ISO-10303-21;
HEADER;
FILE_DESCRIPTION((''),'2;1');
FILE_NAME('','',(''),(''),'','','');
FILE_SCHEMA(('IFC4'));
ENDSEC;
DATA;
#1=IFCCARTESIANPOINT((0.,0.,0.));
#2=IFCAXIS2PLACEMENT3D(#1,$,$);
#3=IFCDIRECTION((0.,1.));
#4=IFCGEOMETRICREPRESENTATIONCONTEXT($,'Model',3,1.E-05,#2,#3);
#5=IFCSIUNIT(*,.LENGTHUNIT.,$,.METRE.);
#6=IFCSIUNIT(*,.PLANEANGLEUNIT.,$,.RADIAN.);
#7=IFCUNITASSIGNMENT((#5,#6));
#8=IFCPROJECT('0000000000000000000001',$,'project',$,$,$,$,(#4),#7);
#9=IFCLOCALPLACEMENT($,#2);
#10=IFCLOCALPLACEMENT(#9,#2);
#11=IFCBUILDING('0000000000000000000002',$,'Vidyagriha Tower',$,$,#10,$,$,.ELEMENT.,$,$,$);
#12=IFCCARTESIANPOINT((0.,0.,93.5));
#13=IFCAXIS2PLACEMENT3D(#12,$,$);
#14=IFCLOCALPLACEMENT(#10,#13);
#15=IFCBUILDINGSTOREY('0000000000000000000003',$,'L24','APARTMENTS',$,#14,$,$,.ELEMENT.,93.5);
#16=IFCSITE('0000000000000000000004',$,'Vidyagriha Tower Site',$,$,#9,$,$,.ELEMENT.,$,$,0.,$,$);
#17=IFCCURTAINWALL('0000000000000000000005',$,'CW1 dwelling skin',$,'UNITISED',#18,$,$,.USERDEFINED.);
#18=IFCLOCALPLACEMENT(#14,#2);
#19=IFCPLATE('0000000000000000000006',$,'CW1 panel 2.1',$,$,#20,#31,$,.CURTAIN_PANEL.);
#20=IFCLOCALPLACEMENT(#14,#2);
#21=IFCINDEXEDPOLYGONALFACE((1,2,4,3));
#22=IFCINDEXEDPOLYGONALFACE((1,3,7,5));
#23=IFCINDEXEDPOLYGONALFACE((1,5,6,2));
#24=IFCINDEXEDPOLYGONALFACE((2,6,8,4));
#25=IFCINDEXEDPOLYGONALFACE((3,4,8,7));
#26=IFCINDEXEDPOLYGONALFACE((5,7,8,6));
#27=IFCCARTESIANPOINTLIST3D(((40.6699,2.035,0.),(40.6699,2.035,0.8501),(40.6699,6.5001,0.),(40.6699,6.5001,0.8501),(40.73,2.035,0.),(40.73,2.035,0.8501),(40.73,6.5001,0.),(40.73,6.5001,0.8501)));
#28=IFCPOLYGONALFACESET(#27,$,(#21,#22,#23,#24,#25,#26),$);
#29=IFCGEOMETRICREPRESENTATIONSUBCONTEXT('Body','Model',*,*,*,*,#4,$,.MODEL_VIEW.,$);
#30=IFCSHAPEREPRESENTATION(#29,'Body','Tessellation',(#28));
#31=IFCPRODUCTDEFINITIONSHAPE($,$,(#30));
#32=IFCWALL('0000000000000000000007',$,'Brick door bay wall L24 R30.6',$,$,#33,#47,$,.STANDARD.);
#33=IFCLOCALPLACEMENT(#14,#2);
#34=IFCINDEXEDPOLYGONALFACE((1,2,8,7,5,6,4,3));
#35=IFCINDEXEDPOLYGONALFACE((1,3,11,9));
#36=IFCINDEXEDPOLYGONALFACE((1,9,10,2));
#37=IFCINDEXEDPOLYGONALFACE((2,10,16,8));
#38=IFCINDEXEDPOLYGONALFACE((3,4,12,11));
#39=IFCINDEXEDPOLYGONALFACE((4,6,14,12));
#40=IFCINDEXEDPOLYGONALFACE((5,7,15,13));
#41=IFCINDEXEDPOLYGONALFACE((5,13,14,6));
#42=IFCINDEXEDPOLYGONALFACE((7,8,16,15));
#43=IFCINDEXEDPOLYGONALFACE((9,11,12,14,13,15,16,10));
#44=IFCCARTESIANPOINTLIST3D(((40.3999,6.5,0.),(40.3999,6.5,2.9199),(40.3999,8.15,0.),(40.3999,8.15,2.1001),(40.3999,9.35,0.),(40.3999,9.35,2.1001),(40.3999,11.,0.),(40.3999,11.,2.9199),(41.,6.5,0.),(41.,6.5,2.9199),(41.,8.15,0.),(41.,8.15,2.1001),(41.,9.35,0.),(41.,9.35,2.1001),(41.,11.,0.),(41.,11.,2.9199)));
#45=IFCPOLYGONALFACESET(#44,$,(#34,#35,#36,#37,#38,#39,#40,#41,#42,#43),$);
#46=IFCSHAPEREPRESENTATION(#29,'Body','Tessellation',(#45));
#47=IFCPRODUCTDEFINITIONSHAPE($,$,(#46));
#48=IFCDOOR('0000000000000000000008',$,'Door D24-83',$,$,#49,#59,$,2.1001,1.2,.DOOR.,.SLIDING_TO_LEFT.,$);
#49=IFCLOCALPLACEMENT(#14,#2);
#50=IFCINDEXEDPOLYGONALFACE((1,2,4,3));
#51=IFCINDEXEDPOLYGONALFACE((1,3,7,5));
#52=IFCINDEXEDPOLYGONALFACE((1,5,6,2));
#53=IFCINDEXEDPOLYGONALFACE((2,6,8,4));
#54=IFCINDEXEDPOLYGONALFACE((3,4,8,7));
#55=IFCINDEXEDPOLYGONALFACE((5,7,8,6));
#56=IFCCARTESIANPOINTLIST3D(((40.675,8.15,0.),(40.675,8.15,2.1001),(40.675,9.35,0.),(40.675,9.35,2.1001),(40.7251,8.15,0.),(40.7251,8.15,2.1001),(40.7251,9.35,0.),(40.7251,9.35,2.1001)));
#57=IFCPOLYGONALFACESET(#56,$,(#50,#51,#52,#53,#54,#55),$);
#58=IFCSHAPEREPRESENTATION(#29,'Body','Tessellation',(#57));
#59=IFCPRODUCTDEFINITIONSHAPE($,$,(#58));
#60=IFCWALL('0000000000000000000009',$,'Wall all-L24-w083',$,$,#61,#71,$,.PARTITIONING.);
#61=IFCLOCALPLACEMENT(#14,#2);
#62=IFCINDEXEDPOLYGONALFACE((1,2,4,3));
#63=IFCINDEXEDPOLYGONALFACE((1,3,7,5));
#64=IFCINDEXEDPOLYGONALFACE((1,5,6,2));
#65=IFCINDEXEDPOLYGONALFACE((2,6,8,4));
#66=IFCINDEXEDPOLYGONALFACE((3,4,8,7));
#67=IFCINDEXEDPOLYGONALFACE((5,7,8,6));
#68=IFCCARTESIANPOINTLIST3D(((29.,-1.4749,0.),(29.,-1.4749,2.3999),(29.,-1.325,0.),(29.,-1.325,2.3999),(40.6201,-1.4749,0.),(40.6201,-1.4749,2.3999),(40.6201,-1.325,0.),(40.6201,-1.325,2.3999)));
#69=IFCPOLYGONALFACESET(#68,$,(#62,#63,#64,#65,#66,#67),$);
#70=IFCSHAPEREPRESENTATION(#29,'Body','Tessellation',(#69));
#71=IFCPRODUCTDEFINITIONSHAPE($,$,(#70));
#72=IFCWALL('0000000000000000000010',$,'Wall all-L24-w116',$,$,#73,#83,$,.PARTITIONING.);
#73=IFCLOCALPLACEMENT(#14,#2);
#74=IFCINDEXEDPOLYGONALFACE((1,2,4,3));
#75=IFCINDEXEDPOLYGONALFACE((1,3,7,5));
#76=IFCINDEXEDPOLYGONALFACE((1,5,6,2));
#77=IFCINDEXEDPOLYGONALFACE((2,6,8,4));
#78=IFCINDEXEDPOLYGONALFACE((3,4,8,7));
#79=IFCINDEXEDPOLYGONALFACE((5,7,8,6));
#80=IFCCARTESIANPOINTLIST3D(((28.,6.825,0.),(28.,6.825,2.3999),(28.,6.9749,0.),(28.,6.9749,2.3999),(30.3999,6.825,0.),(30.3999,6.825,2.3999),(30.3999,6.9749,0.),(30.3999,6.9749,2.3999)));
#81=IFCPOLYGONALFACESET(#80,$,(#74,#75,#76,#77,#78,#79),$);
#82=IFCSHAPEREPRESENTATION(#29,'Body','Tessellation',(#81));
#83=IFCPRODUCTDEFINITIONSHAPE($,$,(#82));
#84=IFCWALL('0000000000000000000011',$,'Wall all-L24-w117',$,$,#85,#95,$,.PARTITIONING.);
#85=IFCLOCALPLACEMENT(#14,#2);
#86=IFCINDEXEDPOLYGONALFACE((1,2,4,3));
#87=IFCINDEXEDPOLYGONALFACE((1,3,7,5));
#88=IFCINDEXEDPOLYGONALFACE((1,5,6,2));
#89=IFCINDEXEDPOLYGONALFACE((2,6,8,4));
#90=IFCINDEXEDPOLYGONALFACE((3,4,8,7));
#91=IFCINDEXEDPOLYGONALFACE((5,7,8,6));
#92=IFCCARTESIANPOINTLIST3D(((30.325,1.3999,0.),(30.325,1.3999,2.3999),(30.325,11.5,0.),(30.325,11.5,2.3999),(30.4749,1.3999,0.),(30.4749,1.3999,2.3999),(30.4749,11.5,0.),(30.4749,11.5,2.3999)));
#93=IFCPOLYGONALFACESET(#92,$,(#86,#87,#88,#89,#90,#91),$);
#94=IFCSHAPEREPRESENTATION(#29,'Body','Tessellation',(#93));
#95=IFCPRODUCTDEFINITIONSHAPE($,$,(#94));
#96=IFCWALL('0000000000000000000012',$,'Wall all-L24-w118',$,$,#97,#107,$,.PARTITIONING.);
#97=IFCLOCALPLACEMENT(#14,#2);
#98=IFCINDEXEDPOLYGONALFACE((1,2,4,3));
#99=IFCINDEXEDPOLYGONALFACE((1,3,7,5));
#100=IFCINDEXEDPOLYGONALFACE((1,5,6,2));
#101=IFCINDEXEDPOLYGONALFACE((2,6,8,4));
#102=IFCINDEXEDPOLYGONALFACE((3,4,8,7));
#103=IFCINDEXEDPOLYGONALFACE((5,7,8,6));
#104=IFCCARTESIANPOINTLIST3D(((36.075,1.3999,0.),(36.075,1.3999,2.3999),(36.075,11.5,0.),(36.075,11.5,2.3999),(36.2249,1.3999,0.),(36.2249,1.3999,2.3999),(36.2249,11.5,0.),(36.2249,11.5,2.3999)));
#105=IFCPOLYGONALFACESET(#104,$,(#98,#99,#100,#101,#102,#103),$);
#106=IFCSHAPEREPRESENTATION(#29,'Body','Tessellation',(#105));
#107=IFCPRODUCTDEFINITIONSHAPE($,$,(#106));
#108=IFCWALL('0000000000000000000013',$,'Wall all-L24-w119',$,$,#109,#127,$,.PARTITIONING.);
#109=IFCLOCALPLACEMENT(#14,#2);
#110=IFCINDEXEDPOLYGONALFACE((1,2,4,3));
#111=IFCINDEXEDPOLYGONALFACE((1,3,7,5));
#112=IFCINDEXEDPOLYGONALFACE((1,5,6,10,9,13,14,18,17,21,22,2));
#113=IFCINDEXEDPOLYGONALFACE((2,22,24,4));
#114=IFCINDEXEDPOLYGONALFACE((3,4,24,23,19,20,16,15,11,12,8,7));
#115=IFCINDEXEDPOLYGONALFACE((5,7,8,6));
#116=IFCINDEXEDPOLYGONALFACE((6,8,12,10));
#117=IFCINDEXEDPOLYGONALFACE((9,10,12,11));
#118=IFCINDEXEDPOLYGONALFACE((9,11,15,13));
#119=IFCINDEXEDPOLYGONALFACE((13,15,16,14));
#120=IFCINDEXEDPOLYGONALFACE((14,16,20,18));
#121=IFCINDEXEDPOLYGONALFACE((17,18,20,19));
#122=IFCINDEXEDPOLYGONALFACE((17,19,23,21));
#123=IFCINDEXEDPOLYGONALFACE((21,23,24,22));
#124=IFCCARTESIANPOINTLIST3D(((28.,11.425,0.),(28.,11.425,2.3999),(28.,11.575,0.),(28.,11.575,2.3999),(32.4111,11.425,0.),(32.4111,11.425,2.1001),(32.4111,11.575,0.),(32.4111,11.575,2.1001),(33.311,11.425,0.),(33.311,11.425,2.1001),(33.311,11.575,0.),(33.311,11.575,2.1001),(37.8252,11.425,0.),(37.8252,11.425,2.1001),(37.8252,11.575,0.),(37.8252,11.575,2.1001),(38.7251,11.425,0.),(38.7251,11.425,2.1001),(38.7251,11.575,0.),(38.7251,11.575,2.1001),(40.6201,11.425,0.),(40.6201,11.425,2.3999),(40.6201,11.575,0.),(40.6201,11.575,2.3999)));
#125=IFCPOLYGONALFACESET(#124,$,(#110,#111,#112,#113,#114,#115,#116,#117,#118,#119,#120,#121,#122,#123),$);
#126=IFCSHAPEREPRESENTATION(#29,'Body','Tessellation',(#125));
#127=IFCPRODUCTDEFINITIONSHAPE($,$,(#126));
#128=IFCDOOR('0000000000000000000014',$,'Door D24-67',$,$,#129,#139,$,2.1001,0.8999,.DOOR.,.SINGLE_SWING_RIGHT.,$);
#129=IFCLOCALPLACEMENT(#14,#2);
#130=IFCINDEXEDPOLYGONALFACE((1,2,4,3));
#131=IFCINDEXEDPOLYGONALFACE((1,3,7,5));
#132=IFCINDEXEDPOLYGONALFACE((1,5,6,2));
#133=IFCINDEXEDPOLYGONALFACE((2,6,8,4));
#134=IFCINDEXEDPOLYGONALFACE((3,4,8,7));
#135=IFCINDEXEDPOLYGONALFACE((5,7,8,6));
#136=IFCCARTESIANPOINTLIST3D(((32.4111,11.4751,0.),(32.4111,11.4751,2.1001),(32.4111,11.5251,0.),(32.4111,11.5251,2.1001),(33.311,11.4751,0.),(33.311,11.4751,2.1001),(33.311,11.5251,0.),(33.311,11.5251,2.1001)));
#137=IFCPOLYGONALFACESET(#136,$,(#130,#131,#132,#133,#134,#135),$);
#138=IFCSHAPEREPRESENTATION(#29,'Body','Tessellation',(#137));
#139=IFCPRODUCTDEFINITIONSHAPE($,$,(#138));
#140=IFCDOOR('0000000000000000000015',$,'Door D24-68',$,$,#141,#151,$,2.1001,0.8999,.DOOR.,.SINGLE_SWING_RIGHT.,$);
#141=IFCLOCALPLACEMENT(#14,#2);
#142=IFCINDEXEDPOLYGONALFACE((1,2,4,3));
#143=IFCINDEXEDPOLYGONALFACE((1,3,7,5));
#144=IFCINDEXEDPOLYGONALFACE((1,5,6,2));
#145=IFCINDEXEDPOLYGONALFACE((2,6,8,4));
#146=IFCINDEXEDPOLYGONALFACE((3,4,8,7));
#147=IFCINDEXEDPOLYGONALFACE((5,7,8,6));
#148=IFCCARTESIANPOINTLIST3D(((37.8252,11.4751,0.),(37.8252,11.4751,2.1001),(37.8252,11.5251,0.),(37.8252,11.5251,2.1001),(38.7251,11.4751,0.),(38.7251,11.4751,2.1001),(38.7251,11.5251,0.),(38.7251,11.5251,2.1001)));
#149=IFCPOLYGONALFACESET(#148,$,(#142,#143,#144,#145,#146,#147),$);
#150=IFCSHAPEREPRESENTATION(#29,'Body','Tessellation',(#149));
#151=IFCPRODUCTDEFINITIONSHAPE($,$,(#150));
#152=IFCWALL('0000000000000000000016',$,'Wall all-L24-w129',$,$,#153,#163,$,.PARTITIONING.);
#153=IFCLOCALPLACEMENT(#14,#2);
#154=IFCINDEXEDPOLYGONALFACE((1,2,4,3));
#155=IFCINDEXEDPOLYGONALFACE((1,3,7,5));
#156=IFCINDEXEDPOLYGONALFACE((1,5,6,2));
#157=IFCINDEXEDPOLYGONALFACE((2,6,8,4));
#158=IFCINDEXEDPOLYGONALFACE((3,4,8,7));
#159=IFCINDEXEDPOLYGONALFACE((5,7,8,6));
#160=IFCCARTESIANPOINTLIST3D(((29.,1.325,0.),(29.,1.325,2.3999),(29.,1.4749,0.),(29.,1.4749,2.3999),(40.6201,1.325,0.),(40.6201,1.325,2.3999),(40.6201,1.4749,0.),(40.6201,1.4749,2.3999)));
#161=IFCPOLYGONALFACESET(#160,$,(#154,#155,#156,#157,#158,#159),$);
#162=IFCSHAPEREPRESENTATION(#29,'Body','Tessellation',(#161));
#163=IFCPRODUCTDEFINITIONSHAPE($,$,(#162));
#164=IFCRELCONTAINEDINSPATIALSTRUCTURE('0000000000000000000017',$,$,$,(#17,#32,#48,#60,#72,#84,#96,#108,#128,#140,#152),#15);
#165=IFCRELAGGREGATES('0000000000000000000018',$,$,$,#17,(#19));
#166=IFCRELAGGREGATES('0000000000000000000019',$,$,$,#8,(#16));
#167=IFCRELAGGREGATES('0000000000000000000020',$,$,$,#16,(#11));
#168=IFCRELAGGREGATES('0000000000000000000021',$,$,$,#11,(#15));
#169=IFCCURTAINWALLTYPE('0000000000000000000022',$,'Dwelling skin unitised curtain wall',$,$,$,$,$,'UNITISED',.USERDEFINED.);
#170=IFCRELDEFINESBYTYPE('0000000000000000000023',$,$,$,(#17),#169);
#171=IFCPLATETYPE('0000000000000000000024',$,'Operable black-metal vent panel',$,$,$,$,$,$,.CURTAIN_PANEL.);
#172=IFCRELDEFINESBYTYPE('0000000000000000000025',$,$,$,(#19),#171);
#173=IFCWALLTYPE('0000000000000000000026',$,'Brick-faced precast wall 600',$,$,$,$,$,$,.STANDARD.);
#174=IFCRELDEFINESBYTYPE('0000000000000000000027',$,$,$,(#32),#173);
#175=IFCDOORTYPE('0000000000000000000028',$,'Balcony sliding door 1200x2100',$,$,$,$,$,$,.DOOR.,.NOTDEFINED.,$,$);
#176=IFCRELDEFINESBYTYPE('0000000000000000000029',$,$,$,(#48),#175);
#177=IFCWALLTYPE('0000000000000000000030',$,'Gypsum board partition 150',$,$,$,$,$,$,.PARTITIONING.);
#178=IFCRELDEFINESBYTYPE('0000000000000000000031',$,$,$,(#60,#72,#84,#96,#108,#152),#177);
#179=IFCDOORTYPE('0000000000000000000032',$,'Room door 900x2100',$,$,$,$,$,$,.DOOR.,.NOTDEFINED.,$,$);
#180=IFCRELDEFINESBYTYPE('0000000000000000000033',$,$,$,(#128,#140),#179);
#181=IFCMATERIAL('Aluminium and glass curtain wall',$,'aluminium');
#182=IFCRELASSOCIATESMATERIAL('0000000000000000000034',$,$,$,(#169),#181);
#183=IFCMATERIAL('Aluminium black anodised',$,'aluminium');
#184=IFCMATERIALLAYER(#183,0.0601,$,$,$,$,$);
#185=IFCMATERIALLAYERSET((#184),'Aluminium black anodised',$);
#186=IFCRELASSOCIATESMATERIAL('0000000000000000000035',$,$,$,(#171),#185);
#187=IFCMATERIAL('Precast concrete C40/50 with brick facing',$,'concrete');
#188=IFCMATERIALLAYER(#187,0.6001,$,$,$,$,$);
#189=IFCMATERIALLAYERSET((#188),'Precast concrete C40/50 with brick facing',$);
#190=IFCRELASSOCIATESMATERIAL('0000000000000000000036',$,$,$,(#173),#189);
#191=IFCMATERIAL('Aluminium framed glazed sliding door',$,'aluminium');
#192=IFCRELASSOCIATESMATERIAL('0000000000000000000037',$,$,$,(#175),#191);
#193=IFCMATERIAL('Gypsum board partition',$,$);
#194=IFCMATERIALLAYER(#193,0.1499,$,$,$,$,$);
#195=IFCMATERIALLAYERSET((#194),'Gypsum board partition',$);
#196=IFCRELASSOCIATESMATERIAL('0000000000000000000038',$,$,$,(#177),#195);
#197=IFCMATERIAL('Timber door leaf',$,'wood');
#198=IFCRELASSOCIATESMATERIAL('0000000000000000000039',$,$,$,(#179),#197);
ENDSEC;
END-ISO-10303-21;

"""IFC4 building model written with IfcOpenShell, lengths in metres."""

from ifc_helpers import new_model, si_unit, direction, frame, frame_2d, origin, origin_2d, place, context, subcontext, project, spatial, rectangle, extrude, material, layer, layer_set, type_object, element, fill, aggregate, save


model = new_model("IFC4")

# Units and contexts
model_context = context("Model", 3, precision=1e-05, world=origin(), true_north=direction((0.0, 1.0)))
body_context = subcontext(model_context, "Body", "Model", "MODEL_VIEW")
ifc_project = project(units=[si_unit("LENGTHUNIT", "METRE"), si_unit("PLANEANGLEUNIT", "RADIAN")], contexts=[model_context])

# Site, building, storey
site_placement = place(None, origin())
site = spatial("IfcSite", under=ifc_project, at=site_placement, Name="Vidyagriha Tower Site", CompositionType="ELEMENT", RefElevation=0.0)
building_placement = place(site_placement, origin())
building = spatial("IfcBuilding", under=site, at=building_placement, Name="Vidyagriha Tower", CompositionType="ELEMENT")
storey_placement = place(building_placement, frame((0.0, 0.0, 93.5)))
storey = spatial("IfcBuildingStorey", under=building, at=storey_placement, Name="L24", Description="APARTMENTS", CompositionType="ELEMENT", Elevation=93.5)

# Curtain wall
ifc_material_1 = material(Name="Aluminium and glass curtain wall", Category="aluminium")
curtain_wall_type = type_object("IfcCurtainWallType", Name="Dwelling skin unitised curtain wall", ElementType="UNITISED", PredefinedType="USERDEFINED", material=ifc_material_1)
curtain_wall_1_placement = place(storey_placement, origin())
curtain_wall_1 = element("IfcCurtainWall", 1, at=curtain_wall_1_placement, inside=storey, type_object=curtain_wall_type, Name="CW1 dwelling skin", ObjectType="UNITISED", PredefinedType="USERDEFINED")

# Plate
ifc_material_2 = material(Name="Aluminium black anodised", Category="aluminium")
ifc_layer_1 = layer(ifc_material_2, 0.0601)
ifc_layer_set_1 = layer_set([ifc_layer_1], Name="Aluminium black anodised")
plate_type_1 = type_object("IfcPlateType", Name="Operable black-metal vent panel", PredefinedType="CURTAIN_PANEL", material=ifc_layer_set_1)
plate_1_placement = place(storey_placement, frame((40.7, 4.2676, 0.0), z_axis=(0.0, 0.0, 1.0), x_axis=(0.0, 1.0, 0.0)))
plate_1 = element("IfcPlate", 2, at=plate_1_placement, type_object=plate_type_1, Name="CW1 panel 2.1", PredefinedType="CURTAIN_PANEL", context=body_context, shape_type="SweptSolid", body=[
    extrude(rectangle(XDim=4.4651, YDim=0.0601, at=origin_2d()), origin(), (0.0, 0.0, 1.0), 0.8501),
])
aggregate(curtain_wall_1, [plate_1])

# Wall, opening, door
ifc_material_3 = material(Name="Precast concrete C40/50 with brick facing", Category="concrete")
ifc_layer_2 = layer(ifc_material_3, 0.6001)
ifc_layer_set_2 = layer_set([ifc_layer_2], Name="Precast concrete C40/50 with brick facing")
wall_type_1 = type_object("IfcWallType", Name="Brick-faced precast wall 600", PredefinedType="STANDARD", material=ifc_layer_set_2)
wall_1_placement = place(storey_placement, frame((40.7, 6.5, 0.0), z_axis=(0.0, 0.0, 1.0), x_axis=(0.0, 1.0, 0.0)))
wall_1 = element("IfcWall", 3, at=wall_1_placement, inside=storey, type_object=wall_type_1, Name="Brick door bay wall L24 R30.6", PredefinedType="STANDARD", context=body_context, shape_type="SweptSolid", body=[
    extrude(rectangle(XDim=4.5, YDim=0.6001, at=frame_2d((2.25, 0.0))), origin(), (0.0, 0.0, 1.0), 2.9199),
])
opening_1_placement = place(wall_1_placement, frame((1.6499, 0.0, 0.0)))
opening_1 = element("IfcOpeningElement", 4, at=opening_1_placement, cuts=wall_1, PredefinedType="OPENING", context=body_context, shape_type="SweptSolid", body=[
    extrude(rectangle(XDim=1.2, YDim=2.1001, at=frame_2d((0.6001, 1.05))), frame((0.0, 0.3101, 0.0), z_axis=(0.0, -1.0, 0.0), x_axis=(1.0, 0.0, 0.0)), (0.0, 0.0, 1.0), 0.6201),
])
ifc_material_4 = material(Name="Aluminium framed glazed sliding door", Category="aluminium")
door_type_1 = type_object("IfcDoorType", Name="Balcony sliding door 1200x2100", OperationType="NOTDEFINED", PredefinedType="DOOR", material=ifc_material_4)
door_1_placement = place(opening_1_placement, origin())
door_1 = element("IfcDoor", 5, at=door_1_placement, inside=storey, type_object=door_type_1, Name="Door D24-83", OperationType="SLIDING_TO_LEFT", OverallHeight=2.1001, OverallWidth=1.2, PredefinedType="DOOR", context=body_context, shape_type="SweptSolid", body=[
    extrude(rectangle(XDim=1.2, YDim=2.1001, at=frame_2d((0.6001, 1.05))), frame((0.0, 0.0249, 0.0), z_axis=(0.0, -1.0, 0.0), x_axis=(1.0, 0.0, 0.0)), (0.0, 0.0, 1.0), 0.05),
])
fill(opening_1, door_1)

# Walls
ifc_material_5 = material(Name="Gypsum board partition")
ifc_layer_3 = layer(ifc_material_5, 0.1499)
ifc_layer_set_3 = layer_set([ifc_layer_3], Name="Gypsum board partition")
wall_type_2 = type_object("IfcWallType", Name="Gypsum board partition 150", PredefinedType="PARTITIONING", material=ifc_layer_set_3)
wall_2_placement = place(storey_placement, frame((40.6201, -1.3999, 0.0), z_axis=(0.0, 0.0, 1.0), x_axis=(-1.0, 0.0, 0.0)))
element("IfcWall", 6, at=wall_2_placement, inside=storey, type_object=wall_type_2, Name="Wall all-L24-w083", PredefinedType="PARTITIONING", context=body_context, shape_type="SweptSolid", body=[
    extrude(rectangle(XDim=11.6201, YDim=0.1499, at=frame_2d((5.8101, 0.0))), origin(), (0.0, 0.0, 1.0), 2.3999),
])
wall_3_placement = place(storey_placement, frame((28.0, 6.8999, 0.0)))
element("IfcWall", 7, at=wall_3_placement, inside=storey, type_object=wall_type_2, Name="Wall all-L24-w116", PredefinedType="PARTITIONING", context=body_context, shape_type="SweptSolid", body=[
    extrude(rectangle(XDim=2.3999, YDim=0.1499, at=frame_2d((1.2, 0.0))), origin(), (0.0, 0.0, 1.0), 2.3999),
])
for number, where, z_axis, x_axis, name in (
    (8, (30.3999, 11.5, 0.0), (0.0, 0.0, 1.0), (0.0, -1.0, 0.0), "Wall all-L24-w117"),
    (9, (36.1499, 11.5, 0.0), (0.0, 0.0, 1.0), (0.0, -1.0, 0.0), "Wall all-L24-w118"),
):
    element("IfcWall", number, at=place(storey_placement, frame(where, z_axis=z_axis, x_axis=x_axis)), inside=storey, type_object=wall_type_2, Name=name, PredefinedType="PARTITIONING", context=body_context, shape_type="SweptSolid", body=[
        extrude(rectangle(XDim=10.1001, YDim=0.1499, at=frame_2d((5.05, 0.0))), origin(), (0.0, 0.0, 1.0), 2.3999),
    ])

# Wall, openings, doors
wall_4_placement = place(storey_placement, frame((40.6201, 11.5, 0.0), z_axis=(0.0, 0.0, 1.0), x_axis=(-1.0, 0.0, 0.0)))
wall_4 = element("IfcWall", 10, at=wall_4_placement, inside=storey, type_object=wall_type_2, Name="Wall all-L24-w119", PredefinedType="PARTITIONING", context=body_context, shape_type="SweptSolid", body=[
    extrude(rectangle(XDim=12.6201, YDim=0.1499, at=frame_2d((6.3101, 0.0))), origin(), (0.0, 0.0, 1.0), 2.3999),
])
opening_2_placement = place(wall_4_placement, frame((7.3091, 0.0, 0.0)))
opening_2 = element("IfcOpeningElement", 11, at=opening_2_placement, cuts=wall_4, PredefinedType="OPENING", context=body_context, shape_type="SweptSolid", body=[
    extrude(rectangle(XDim=0.8999, YDim=2.1001, at=frame_2d((0.45, 1.05))), frame((0.0, 0.085, 0.0), z_axis=(0.0, -1.0, 0.0), x_axis=(1.0, 0.0, 0.0)), (0.0, 0.0, 1.0), 0.1699),
])
opening_3_placement = place(wall_4_placement, frame((1.895, 0.0, 0.0)))
opening_3 = element("IfcOpeningElement", 12, at=opening_3_placement, cuts=wall_4, PredefinedType="OPENING", context=body_context, shape_type="SweptSolid", body=[
    extrude(rectangle(XDim=0.8999, YDim=2.1001, at=frame_2d((0.45, 1.05))), frame((0.0, 0.085, 0.0), z_axis=(0.0, -1.0, 0.0), x_axis=(1.0, 0.0, 0.0)), (0.0, 0.0, 1.0), 0.1699),
])
ifc_material_6 = material(Name="Timber door leaf", Category="wood")
door_type_2 = type_object("IfcDoorType", Name="Room door 900x2100", OperationType="NOTDEFINED", PredefinedType="DOOR", material=ifc_material_6)
door_2_placement = place(opening_2_placement, origin())
door_2 = element("IfcDoor", 13, at=door_2_placement, inside=storey, type_object=door_type_2, Name="Door D24-67", OperationType="SINGLE_SWING_RIGHT", OverallHeight=2.1001, OverallWidth=0.8999, PredefinedType="DOOR", context=body_context, shape_type="SweptSolid", body=[
    extrude(rectangle(XDim=0.8999, YDim=2.1001, at=frame_2d((0.45, 1.05))), frame((0.0, 0.0249, 0.0), z_axis=(0.0, -1.0, 0.0), x_axis=(1.0, 0.0, 0.0)), (0.0, 0.0, 1.0), 0.05),
])
fill(opening_2, door_2)
door_3_placement = place(opening_3_placement, origin())
door_3 = element("IfcDoor", 14, at=door_3_placement, inside=storey, type_object=door_type_2, Name="Door D24-68", OperationType="SINGLE_SWING_RIGHT", OverallHeight=2.1001, OverallWidth=0.8999, PredefinedType="DOOR", context=body_context, shape_type="SweptSolid", body=[
    extrude(rectangle(XDim=0.8999, YDim=2.1001, at=frame_2d((0.45, 1.05))), frame((0.0, 0.0249, 0.0), z_axis=(0.0, -1.0, 0.0), x_axis=(1.0, 0.0, 0.0)), (0.0, 0.0, 1.0), 0.05),
])
fill(opening_3, door_3)

# Wall
wall_5_placement = place(storey_placement, frame((29.0, 1.3999, 0.0)))
element("IfcWall", 15, at=wall_5_placement, inside=storey, type_object=wall_type_2, Name="Wall all-L24-w129", PredefinedType="PARTITIONING", context=body_context, shape_type="SweptSolid", body=[
    extrude(rectangle(XDim=11.6201, YDim=0.1499, at=frame_2d((5.8101, 0.0))), origin(), (0.0, 0.0, 1.0), 2.3999),
])

save(model, "model.ifc")
